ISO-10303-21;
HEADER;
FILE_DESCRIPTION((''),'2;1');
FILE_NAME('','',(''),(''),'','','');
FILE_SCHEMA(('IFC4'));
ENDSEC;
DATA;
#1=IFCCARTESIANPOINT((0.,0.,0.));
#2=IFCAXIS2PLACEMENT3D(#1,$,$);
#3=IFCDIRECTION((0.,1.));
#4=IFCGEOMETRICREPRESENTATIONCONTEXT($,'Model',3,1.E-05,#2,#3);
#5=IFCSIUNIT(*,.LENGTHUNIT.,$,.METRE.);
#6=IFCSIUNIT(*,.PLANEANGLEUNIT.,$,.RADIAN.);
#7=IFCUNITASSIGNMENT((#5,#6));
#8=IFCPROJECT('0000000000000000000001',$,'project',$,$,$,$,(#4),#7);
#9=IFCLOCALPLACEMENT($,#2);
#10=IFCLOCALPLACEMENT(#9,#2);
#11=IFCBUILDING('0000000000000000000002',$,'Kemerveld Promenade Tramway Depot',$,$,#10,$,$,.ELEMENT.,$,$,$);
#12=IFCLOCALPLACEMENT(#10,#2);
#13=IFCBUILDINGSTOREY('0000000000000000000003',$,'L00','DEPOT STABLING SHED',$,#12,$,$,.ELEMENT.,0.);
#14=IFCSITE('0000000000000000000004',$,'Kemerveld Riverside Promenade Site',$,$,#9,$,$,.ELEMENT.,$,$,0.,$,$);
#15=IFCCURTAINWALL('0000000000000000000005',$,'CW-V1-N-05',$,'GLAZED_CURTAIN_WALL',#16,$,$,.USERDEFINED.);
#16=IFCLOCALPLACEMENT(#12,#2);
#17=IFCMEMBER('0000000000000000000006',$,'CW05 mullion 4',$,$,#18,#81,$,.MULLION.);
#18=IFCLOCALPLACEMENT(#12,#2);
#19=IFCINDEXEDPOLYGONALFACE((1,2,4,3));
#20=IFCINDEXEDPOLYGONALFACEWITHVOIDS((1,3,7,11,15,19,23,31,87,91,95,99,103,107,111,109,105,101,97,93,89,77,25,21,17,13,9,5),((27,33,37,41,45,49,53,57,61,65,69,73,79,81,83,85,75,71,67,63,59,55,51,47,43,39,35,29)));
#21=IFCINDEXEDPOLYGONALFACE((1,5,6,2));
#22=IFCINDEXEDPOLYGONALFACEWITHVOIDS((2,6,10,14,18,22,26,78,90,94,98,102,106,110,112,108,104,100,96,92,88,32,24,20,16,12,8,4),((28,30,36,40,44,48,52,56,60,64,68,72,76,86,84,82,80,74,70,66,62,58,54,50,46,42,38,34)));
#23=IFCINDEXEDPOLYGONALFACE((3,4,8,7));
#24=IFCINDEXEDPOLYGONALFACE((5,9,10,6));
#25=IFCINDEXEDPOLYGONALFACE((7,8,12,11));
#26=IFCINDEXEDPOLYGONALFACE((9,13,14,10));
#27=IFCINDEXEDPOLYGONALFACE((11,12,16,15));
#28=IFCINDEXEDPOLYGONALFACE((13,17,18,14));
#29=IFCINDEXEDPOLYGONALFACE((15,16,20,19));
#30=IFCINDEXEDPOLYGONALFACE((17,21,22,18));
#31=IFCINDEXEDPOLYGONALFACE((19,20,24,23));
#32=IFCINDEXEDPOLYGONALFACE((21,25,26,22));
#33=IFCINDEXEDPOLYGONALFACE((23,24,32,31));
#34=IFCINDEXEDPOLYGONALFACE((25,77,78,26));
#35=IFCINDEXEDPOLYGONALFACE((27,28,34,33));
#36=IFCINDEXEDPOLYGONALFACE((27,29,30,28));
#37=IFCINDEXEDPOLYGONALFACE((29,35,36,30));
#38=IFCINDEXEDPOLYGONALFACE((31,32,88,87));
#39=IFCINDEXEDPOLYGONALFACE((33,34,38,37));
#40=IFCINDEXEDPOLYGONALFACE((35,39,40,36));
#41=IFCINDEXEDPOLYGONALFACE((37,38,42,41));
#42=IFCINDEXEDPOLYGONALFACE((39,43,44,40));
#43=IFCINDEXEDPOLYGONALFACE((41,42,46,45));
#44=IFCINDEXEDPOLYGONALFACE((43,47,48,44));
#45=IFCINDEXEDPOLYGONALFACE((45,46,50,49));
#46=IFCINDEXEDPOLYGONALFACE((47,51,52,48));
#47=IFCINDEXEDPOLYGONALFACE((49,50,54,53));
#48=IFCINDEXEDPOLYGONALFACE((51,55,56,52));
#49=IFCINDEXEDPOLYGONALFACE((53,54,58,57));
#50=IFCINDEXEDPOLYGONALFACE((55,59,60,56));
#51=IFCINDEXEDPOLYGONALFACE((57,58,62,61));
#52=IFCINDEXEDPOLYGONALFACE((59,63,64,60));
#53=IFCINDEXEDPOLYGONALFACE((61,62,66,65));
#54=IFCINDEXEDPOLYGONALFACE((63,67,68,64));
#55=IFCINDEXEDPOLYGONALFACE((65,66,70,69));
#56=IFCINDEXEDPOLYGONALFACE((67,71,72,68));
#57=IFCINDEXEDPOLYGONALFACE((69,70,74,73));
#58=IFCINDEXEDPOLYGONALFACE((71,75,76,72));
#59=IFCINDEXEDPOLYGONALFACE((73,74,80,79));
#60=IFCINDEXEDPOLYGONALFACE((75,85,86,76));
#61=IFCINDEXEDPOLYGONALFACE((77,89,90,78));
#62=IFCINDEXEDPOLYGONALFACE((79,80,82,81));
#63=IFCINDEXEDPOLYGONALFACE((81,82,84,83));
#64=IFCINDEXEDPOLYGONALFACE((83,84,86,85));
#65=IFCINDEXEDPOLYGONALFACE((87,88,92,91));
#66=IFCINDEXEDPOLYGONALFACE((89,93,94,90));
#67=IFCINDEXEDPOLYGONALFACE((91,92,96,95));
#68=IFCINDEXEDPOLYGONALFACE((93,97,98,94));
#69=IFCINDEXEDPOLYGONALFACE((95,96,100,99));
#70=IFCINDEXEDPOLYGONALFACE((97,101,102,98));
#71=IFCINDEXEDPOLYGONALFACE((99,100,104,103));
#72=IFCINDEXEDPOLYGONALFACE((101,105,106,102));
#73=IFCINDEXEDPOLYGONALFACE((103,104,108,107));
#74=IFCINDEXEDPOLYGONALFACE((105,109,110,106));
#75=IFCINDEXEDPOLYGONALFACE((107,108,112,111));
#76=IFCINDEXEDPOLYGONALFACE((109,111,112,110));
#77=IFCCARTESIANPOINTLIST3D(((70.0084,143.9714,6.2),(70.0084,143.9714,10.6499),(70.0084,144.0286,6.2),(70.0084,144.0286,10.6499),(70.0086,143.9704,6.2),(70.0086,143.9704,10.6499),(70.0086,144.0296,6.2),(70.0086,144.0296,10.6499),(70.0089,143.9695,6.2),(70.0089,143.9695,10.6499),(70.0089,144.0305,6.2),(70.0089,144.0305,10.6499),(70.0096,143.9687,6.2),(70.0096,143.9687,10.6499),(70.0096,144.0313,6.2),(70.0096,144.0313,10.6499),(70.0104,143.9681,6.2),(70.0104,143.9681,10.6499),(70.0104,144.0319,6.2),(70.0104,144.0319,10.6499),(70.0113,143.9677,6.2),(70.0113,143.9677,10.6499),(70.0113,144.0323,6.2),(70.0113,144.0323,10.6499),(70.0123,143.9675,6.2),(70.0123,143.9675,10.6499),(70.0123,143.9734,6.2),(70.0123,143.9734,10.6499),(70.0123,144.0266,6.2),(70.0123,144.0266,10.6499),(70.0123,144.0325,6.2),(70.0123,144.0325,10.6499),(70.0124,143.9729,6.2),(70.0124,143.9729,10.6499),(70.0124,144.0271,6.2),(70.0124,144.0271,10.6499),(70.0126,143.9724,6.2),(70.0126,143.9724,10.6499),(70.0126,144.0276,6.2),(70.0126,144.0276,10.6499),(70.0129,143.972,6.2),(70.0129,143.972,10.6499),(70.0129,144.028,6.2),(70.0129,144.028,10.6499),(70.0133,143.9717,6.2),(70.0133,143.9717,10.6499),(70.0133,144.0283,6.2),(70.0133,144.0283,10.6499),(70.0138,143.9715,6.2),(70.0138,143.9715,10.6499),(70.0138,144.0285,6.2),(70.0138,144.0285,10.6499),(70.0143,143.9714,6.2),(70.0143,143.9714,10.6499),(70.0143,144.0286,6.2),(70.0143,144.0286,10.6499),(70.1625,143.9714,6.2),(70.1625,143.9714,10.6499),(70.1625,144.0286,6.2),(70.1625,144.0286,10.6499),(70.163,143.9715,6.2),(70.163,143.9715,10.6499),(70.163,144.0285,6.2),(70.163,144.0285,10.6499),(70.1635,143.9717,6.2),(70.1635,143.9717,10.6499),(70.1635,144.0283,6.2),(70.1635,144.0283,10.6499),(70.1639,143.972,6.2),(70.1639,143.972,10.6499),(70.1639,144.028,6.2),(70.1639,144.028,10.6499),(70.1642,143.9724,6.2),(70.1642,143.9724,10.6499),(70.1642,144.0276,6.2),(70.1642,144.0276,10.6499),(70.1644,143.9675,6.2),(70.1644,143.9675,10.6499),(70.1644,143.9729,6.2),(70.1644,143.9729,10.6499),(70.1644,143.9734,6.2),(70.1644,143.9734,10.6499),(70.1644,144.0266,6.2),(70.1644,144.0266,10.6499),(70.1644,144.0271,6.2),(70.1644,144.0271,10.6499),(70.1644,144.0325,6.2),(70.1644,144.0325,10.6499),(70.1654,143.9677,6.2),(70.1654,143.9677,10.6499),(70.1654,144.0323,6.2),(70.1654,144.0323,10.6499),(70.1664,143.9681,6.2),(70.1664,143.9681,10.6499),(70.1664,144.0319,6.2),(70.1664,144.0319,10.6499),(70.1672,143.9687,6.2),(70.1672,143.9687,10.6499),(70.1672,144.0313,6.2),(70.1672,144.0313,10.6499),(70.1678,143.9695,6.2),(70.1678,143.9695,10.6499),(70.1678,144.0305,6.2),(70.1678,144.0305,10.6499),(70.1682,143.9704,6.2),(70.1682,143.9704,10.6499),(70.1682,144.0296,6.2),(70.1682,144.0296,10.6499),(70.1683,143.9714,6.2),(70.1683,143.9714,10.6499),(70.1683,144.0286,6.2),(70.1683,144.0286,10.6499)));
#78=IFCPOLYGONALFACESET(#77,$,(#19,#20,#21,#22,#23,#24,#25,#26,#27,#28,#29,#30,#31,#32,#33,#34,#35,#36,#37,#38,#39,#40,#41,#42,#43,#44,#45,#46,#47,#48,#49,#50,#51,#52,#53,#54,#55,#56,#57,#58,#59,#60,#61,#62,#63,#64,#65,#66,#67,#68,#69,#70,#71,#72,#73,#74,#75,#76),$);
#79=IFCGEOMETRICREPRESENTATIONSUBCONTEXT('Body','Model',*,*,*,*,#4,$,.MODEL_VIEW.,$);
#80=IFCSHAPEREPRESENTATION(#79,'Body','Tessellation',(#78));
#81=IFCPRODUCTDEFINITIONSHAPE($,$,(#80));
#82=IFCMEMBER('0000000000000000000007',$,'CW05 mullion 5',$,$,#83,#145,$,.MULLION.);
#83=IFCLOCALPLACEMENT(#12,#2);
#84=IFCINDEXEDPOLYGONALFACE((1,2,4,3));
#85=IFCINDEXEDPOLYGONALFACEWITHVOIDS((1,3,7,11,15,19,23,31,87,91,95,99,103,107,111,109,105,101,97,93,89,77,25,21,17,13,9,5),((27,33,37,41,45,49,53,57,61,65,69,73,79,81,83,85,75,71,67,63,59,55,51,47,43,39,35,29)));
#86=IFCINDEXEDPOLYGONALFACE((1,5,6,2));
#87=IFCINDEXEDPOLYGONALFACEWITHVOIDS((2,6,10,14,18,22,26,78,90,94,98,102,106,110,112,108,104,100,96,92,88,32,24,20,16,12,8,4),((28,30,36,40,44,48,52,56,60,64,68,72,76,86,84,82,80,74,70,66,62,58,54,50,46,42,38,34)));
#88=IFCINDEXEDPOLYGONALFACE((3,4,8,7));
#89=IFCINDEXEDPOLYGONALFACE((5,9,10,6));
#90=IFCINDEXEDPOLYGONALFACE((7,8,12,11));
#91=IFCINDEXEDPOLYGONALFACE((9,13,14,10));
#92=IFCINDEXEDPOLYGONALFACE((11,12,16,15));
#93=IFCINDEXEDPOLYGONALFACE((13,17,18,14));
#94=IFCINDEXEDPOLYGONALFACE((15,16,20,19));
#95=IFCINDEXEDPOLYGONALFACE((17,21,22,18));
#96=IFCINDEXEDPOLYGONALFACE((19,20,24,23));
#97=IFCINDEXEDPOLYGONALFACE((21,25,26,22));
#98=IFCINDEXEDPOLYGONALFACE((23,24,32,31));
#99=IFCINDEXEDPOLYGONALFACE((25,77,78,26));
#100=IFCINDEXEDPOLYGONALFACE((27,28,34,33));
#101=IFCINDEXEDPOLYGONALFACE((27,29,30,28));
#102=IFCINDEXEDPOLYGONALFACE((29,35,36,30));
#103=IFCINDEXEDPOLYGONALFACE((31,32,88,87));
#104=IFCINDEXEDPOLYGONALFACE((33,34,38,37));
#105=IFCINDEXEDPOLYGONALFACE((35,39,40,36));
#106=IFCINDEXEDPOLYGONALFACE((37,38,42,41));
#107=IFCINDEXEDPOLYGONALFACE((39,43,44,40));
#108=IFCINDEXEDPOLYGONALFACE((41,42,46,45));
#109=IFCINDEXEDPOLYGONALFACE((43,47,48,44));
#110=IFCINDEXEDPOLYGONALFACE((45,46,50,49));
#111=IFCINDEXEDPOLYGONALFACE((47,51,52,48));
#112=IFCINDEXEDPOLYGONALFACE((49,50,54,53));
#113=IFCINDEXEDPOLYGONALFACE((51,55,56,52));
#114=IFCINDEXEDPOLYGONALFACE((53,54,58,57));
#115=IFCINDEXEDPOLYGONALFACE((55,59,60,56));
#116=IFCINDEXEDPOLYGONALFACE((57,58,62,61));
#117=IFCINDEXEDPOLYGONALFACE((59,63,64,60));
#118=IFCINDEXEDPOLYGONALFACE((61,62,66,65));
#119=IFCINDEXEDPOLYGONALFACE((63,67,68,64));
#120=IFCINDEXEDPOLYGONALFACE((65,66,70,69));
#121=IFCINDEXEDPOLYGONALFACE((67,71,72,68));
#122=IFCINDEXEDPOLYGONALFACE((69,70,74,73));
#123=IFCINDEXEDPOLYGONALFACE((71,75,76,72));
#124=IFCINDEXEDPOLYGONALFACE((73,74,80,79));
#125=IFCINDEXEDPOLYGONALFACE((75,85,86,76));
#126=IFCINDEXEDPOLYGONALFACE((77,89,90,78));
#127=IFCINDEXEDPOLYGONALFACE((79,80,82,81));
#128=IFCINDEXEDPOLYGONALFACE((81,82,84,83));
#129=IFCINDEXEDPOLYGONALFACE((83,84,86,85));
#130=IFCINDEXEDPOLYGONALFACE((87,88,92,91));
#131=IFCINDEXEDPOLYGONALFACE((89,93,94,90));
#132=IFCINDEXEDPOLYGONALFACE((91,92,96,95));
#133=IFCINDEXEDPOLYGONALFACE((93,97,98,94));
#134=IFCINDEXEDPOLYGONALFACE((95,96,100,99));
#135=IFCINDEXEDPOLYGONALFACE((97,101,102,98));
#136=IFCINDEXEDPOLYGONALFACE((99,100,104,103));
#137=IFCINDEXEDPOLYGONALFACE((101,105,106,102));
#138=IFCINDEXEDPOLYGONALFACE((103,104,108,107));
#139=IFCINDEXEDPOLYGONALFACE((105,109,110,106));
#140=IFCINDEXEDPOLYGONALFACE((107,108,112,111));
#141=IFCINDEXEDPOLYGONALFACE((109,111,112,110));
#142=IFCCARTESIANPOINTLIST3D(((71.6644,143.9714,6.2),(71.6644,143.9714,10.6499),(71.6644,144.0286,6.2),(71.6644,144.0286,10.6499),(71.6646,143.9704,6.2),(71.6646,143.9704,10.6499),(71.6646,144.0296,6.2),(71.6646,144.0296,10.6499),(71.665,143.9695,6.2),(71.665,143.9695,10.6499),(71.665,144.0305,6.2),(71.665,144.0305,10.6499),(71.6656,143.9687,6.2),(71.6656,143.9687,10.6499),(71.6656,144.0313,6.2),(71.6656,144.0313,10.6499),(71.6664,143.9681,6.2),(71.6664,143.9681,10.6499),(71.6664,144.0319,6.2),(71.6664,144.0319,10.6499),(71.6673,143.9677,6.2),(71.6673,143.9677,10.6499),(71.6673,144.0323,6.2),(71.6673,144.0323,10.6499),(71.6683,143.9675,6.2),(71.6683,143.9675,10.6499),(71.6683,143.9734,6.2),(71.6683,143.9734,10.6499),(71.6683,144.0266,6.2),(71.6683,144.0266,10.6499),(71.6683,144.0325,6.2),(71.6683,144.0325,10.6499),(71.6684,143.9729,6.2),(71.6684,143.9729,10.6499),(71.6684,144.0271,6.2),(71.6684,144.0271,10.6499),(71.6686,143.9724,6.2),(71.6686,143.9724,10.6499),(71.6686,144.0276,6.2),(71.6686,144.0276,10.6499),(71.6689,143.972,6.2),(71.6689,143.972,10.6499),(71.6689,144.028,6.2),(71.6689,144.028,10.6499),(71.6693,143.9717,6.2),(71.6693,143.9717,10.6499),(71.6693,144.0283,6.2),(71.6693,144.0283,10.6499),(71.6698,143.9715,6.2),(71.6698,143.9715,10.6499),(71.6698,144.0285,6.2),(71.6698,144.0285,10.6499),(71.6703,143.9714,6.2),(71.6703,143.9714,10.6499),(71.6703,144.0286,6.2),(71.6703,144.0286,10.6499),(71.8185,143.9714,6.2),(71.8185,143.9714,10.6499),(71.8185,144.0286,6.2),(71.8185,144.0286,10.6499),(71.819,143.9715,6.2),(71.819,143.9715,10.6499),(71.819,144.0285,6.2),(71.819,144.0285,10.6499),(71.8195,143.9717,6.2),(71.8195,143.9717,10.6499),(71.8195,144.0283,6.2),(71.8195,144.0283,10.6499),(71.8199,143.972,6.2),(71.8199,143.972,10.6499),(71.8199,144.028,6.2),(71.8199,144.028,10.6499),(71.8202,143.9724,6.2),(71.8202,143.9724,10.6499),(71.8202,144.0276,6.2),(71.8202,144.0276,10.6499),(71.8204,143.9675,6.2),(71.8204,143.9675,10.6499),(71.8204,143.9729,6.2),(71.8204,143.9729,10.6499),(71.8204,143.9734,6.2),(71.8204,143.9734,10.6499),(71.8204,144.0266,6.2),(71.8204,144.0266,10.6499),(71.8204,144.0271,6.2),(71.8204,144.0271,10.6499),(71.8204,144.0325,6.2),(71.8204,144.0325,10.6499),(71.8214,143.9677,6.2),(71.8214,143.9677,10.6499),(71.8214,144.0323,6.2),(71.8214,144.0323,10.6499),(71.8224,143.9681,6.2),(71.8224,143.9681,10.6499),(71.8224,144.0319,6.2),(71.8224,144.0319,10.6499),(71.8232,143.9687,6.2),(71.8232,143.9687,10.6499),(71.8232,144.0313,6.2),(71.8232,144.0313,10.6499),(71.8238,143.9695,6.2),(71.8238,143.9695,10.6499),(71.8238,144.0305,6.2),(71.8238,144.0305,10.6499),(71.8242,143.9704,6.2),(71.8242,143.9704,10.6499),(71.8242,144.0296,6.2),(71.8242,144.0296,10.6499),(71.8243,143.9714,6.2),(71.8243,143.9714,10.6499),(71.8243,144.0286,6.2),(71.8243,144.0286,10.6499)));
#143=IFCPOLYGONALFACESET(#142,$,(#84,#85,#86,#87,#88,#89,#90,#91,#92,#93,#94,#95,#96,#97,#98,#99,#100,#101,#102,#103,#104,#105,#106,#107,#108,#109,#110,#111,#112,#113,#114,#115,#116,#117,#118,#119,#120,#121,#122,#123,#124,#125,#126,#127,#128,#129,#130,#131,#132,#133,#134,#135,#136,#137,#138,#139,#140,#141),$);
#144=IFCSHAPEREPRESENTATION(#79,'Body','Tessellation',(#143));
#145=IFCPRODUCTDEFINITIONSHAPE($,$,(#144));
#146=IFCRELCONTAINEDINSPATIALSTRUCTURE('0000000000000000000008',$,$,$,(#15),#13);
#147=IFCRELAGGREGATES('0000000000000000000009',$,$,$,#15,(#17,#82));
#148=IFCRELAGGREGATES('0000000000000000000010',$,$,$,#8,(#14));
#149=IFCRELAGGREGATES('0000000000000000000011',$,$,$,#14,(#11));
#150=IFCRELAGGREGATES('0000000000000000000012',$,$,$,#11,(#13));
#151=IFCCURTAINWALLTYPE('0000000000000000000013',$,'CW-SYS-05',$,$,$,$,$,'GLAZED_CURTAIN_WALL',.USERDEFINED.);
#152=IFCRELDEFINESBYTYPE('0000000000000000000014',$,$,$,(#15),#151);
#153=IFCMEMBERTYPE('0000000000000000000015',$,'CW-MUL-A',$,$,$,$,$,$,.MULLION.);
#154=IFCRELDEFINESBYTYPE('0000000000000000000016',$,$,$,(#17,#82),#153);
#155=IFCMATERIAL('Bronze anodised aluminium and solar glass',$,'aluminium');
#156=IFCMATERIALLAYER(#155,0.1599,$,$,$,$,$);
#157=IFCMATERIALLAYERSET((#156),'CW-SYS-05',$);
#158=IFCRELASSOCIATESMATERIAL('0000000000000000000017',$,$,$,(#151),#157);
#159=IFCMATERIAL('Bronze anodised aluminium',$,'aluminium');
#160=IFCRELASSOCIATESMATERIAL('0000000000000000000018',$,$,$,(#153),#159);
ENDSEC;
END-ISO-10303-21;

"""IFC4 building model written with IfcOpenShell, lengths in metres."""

from ifc_helpers import new_model, si_unit, direction, frame, origin, origin_2d, place, context, subcontext, project, spatial, hollow_rectangle, extrude, material, layer, layer_set, material_profile, profile_set, type_object, element, aggregate, save


model = new_model("IFC4")

# Units and contexts
model_context = context("Model", 3, precision=1e-05, world=origin(), true_north=direction((0.0, 1.0)))
body_context = subcontext(model_context, "Body", "Model", "MODEL_VIEW")
ifc_project = project(units=[si_unit("LENGTHUNIT", "METRE"), si_unit("PLANEANGLEUNIT", "RADIAN")], contexts=[model_context])

# Site, building, storey
site_placement = place(None, origin())
site = spatial("IfcSite", under=ifc_project, at=site_placement, Name="Kemerveld Riverside Promenade Site", CompositionType="ELEMENT", RefElevation=0.0)
building_placement = place(site_placement, origin())
building = spatial("IfcBuilding", under=site, at=building_placement, Name="Kemerveld Promenade Tramway Depot", CompositionType="ELEMENT")
storey_placement = place(building_placement, origin())
storey = spatial("IfcBuildingStorey", under=building, at=storey_placement, Name="L00", Description="DEPOT STABLING SHED", CompositionType="ELEMENT", Elevation=0.0)

# Curtain wall, members
ifc_material_1 = material(Name="Bronze anodised aluminium and solar glass", Category="aluminium")
ifc_layer_1 = layer(ifc_material_1, 0.1599)
ifc_layer_set_1 = layer_set([ifc_layer_1], Name="CW-SYS-05")
curtain_wall_type_1 = type_object("IfcCurtainWallType", Name="CW-SYS-05", ElementType="GLAZED_CURTAIN_WALL", PredefinedType="USERDEFINED", material=ifc_layer_set_1)
curtain_wall_1_placement = place(storey_placement, origin())
curtain_wall_1 = element("IfcCurtainWall", 1, at=curtain_wall_1_placement, inside=storey, type_object=curtain_wall_type_1, Name="CW-V1-N-05", ObjectType="GLAZED_CURTAIN_WALL", PredefinedType="USERDEFINED")
ifc_material_2 = material(Name="Bronze anodised aluminium", Category="aluminium")
ifc_material_profile_1 = material_profile(ifc_material_2, hollow_rectangle(XDim=0.0649, YDim=0.1599, WallThickness=0.0039, InnerFilletRadius=0.002, OuterFilletRadius=0.0039, at=origin_2d()), Name="CW-MUL-160x65")
ifc_profile_set_1 = profile_set([ifc_material_profile_1], Name="Bronze anodised aluminium")
member_type_1 = type_object("IfcMemberType", Name="CW-MUL-A", PredefinedType="MULLION", material=ifc_profile_set_1)
member_1_placement = place(storey_placement, frame((70.0884, 144.0, 6.2), z_axis=(0.0, 0.0, 1.0), x_axis=(0.0, 1.0, 0.0)))
member_1 = element("IfcMember", 2, at=member_1_placement, type_object=member_type_1, Name="CW05 mullion 4", PredefinedType="MULLION", context=body_context, shape_type="SweptSolid", body=[
    extrude(hollow_rectangle(XDim=0.0649, YDim=0.1599, WallThickness=0.0039, InnerFilletRadius=0.002, OuterFilletRadius=0.0039, at=origin_2d()), origin(), (0.0, 0.0, 1.0), 4.45),
])
member_2_placement = place(storey_placement, frame((71.7444, 144.0, 6.2), z_axis=(0.0, 0.0, 1.0), x_axis=(0.0, 1.0, 0.0)))
member_2 = element("IfcMember", 3, at=member_2_placement, type_object=member_type_1, Name="CW05 mullion 5", PredefinedType="MULLION", context=body_context, shape_type="SweptSolid", body=[
    extrude(hollow_rectangle(XDim=0.0649, YDim=0.1599, WallThickness=0.0039, InnerFilletRadius=0.002, OuterFilletRadius=0.0039, at=origin_2d()), origin(), (0.0, 0.0, 1.0), 4.45),
])

aggregate(curtain_wall_1, [member_1, member_2])

save(model, "model.ifc")
